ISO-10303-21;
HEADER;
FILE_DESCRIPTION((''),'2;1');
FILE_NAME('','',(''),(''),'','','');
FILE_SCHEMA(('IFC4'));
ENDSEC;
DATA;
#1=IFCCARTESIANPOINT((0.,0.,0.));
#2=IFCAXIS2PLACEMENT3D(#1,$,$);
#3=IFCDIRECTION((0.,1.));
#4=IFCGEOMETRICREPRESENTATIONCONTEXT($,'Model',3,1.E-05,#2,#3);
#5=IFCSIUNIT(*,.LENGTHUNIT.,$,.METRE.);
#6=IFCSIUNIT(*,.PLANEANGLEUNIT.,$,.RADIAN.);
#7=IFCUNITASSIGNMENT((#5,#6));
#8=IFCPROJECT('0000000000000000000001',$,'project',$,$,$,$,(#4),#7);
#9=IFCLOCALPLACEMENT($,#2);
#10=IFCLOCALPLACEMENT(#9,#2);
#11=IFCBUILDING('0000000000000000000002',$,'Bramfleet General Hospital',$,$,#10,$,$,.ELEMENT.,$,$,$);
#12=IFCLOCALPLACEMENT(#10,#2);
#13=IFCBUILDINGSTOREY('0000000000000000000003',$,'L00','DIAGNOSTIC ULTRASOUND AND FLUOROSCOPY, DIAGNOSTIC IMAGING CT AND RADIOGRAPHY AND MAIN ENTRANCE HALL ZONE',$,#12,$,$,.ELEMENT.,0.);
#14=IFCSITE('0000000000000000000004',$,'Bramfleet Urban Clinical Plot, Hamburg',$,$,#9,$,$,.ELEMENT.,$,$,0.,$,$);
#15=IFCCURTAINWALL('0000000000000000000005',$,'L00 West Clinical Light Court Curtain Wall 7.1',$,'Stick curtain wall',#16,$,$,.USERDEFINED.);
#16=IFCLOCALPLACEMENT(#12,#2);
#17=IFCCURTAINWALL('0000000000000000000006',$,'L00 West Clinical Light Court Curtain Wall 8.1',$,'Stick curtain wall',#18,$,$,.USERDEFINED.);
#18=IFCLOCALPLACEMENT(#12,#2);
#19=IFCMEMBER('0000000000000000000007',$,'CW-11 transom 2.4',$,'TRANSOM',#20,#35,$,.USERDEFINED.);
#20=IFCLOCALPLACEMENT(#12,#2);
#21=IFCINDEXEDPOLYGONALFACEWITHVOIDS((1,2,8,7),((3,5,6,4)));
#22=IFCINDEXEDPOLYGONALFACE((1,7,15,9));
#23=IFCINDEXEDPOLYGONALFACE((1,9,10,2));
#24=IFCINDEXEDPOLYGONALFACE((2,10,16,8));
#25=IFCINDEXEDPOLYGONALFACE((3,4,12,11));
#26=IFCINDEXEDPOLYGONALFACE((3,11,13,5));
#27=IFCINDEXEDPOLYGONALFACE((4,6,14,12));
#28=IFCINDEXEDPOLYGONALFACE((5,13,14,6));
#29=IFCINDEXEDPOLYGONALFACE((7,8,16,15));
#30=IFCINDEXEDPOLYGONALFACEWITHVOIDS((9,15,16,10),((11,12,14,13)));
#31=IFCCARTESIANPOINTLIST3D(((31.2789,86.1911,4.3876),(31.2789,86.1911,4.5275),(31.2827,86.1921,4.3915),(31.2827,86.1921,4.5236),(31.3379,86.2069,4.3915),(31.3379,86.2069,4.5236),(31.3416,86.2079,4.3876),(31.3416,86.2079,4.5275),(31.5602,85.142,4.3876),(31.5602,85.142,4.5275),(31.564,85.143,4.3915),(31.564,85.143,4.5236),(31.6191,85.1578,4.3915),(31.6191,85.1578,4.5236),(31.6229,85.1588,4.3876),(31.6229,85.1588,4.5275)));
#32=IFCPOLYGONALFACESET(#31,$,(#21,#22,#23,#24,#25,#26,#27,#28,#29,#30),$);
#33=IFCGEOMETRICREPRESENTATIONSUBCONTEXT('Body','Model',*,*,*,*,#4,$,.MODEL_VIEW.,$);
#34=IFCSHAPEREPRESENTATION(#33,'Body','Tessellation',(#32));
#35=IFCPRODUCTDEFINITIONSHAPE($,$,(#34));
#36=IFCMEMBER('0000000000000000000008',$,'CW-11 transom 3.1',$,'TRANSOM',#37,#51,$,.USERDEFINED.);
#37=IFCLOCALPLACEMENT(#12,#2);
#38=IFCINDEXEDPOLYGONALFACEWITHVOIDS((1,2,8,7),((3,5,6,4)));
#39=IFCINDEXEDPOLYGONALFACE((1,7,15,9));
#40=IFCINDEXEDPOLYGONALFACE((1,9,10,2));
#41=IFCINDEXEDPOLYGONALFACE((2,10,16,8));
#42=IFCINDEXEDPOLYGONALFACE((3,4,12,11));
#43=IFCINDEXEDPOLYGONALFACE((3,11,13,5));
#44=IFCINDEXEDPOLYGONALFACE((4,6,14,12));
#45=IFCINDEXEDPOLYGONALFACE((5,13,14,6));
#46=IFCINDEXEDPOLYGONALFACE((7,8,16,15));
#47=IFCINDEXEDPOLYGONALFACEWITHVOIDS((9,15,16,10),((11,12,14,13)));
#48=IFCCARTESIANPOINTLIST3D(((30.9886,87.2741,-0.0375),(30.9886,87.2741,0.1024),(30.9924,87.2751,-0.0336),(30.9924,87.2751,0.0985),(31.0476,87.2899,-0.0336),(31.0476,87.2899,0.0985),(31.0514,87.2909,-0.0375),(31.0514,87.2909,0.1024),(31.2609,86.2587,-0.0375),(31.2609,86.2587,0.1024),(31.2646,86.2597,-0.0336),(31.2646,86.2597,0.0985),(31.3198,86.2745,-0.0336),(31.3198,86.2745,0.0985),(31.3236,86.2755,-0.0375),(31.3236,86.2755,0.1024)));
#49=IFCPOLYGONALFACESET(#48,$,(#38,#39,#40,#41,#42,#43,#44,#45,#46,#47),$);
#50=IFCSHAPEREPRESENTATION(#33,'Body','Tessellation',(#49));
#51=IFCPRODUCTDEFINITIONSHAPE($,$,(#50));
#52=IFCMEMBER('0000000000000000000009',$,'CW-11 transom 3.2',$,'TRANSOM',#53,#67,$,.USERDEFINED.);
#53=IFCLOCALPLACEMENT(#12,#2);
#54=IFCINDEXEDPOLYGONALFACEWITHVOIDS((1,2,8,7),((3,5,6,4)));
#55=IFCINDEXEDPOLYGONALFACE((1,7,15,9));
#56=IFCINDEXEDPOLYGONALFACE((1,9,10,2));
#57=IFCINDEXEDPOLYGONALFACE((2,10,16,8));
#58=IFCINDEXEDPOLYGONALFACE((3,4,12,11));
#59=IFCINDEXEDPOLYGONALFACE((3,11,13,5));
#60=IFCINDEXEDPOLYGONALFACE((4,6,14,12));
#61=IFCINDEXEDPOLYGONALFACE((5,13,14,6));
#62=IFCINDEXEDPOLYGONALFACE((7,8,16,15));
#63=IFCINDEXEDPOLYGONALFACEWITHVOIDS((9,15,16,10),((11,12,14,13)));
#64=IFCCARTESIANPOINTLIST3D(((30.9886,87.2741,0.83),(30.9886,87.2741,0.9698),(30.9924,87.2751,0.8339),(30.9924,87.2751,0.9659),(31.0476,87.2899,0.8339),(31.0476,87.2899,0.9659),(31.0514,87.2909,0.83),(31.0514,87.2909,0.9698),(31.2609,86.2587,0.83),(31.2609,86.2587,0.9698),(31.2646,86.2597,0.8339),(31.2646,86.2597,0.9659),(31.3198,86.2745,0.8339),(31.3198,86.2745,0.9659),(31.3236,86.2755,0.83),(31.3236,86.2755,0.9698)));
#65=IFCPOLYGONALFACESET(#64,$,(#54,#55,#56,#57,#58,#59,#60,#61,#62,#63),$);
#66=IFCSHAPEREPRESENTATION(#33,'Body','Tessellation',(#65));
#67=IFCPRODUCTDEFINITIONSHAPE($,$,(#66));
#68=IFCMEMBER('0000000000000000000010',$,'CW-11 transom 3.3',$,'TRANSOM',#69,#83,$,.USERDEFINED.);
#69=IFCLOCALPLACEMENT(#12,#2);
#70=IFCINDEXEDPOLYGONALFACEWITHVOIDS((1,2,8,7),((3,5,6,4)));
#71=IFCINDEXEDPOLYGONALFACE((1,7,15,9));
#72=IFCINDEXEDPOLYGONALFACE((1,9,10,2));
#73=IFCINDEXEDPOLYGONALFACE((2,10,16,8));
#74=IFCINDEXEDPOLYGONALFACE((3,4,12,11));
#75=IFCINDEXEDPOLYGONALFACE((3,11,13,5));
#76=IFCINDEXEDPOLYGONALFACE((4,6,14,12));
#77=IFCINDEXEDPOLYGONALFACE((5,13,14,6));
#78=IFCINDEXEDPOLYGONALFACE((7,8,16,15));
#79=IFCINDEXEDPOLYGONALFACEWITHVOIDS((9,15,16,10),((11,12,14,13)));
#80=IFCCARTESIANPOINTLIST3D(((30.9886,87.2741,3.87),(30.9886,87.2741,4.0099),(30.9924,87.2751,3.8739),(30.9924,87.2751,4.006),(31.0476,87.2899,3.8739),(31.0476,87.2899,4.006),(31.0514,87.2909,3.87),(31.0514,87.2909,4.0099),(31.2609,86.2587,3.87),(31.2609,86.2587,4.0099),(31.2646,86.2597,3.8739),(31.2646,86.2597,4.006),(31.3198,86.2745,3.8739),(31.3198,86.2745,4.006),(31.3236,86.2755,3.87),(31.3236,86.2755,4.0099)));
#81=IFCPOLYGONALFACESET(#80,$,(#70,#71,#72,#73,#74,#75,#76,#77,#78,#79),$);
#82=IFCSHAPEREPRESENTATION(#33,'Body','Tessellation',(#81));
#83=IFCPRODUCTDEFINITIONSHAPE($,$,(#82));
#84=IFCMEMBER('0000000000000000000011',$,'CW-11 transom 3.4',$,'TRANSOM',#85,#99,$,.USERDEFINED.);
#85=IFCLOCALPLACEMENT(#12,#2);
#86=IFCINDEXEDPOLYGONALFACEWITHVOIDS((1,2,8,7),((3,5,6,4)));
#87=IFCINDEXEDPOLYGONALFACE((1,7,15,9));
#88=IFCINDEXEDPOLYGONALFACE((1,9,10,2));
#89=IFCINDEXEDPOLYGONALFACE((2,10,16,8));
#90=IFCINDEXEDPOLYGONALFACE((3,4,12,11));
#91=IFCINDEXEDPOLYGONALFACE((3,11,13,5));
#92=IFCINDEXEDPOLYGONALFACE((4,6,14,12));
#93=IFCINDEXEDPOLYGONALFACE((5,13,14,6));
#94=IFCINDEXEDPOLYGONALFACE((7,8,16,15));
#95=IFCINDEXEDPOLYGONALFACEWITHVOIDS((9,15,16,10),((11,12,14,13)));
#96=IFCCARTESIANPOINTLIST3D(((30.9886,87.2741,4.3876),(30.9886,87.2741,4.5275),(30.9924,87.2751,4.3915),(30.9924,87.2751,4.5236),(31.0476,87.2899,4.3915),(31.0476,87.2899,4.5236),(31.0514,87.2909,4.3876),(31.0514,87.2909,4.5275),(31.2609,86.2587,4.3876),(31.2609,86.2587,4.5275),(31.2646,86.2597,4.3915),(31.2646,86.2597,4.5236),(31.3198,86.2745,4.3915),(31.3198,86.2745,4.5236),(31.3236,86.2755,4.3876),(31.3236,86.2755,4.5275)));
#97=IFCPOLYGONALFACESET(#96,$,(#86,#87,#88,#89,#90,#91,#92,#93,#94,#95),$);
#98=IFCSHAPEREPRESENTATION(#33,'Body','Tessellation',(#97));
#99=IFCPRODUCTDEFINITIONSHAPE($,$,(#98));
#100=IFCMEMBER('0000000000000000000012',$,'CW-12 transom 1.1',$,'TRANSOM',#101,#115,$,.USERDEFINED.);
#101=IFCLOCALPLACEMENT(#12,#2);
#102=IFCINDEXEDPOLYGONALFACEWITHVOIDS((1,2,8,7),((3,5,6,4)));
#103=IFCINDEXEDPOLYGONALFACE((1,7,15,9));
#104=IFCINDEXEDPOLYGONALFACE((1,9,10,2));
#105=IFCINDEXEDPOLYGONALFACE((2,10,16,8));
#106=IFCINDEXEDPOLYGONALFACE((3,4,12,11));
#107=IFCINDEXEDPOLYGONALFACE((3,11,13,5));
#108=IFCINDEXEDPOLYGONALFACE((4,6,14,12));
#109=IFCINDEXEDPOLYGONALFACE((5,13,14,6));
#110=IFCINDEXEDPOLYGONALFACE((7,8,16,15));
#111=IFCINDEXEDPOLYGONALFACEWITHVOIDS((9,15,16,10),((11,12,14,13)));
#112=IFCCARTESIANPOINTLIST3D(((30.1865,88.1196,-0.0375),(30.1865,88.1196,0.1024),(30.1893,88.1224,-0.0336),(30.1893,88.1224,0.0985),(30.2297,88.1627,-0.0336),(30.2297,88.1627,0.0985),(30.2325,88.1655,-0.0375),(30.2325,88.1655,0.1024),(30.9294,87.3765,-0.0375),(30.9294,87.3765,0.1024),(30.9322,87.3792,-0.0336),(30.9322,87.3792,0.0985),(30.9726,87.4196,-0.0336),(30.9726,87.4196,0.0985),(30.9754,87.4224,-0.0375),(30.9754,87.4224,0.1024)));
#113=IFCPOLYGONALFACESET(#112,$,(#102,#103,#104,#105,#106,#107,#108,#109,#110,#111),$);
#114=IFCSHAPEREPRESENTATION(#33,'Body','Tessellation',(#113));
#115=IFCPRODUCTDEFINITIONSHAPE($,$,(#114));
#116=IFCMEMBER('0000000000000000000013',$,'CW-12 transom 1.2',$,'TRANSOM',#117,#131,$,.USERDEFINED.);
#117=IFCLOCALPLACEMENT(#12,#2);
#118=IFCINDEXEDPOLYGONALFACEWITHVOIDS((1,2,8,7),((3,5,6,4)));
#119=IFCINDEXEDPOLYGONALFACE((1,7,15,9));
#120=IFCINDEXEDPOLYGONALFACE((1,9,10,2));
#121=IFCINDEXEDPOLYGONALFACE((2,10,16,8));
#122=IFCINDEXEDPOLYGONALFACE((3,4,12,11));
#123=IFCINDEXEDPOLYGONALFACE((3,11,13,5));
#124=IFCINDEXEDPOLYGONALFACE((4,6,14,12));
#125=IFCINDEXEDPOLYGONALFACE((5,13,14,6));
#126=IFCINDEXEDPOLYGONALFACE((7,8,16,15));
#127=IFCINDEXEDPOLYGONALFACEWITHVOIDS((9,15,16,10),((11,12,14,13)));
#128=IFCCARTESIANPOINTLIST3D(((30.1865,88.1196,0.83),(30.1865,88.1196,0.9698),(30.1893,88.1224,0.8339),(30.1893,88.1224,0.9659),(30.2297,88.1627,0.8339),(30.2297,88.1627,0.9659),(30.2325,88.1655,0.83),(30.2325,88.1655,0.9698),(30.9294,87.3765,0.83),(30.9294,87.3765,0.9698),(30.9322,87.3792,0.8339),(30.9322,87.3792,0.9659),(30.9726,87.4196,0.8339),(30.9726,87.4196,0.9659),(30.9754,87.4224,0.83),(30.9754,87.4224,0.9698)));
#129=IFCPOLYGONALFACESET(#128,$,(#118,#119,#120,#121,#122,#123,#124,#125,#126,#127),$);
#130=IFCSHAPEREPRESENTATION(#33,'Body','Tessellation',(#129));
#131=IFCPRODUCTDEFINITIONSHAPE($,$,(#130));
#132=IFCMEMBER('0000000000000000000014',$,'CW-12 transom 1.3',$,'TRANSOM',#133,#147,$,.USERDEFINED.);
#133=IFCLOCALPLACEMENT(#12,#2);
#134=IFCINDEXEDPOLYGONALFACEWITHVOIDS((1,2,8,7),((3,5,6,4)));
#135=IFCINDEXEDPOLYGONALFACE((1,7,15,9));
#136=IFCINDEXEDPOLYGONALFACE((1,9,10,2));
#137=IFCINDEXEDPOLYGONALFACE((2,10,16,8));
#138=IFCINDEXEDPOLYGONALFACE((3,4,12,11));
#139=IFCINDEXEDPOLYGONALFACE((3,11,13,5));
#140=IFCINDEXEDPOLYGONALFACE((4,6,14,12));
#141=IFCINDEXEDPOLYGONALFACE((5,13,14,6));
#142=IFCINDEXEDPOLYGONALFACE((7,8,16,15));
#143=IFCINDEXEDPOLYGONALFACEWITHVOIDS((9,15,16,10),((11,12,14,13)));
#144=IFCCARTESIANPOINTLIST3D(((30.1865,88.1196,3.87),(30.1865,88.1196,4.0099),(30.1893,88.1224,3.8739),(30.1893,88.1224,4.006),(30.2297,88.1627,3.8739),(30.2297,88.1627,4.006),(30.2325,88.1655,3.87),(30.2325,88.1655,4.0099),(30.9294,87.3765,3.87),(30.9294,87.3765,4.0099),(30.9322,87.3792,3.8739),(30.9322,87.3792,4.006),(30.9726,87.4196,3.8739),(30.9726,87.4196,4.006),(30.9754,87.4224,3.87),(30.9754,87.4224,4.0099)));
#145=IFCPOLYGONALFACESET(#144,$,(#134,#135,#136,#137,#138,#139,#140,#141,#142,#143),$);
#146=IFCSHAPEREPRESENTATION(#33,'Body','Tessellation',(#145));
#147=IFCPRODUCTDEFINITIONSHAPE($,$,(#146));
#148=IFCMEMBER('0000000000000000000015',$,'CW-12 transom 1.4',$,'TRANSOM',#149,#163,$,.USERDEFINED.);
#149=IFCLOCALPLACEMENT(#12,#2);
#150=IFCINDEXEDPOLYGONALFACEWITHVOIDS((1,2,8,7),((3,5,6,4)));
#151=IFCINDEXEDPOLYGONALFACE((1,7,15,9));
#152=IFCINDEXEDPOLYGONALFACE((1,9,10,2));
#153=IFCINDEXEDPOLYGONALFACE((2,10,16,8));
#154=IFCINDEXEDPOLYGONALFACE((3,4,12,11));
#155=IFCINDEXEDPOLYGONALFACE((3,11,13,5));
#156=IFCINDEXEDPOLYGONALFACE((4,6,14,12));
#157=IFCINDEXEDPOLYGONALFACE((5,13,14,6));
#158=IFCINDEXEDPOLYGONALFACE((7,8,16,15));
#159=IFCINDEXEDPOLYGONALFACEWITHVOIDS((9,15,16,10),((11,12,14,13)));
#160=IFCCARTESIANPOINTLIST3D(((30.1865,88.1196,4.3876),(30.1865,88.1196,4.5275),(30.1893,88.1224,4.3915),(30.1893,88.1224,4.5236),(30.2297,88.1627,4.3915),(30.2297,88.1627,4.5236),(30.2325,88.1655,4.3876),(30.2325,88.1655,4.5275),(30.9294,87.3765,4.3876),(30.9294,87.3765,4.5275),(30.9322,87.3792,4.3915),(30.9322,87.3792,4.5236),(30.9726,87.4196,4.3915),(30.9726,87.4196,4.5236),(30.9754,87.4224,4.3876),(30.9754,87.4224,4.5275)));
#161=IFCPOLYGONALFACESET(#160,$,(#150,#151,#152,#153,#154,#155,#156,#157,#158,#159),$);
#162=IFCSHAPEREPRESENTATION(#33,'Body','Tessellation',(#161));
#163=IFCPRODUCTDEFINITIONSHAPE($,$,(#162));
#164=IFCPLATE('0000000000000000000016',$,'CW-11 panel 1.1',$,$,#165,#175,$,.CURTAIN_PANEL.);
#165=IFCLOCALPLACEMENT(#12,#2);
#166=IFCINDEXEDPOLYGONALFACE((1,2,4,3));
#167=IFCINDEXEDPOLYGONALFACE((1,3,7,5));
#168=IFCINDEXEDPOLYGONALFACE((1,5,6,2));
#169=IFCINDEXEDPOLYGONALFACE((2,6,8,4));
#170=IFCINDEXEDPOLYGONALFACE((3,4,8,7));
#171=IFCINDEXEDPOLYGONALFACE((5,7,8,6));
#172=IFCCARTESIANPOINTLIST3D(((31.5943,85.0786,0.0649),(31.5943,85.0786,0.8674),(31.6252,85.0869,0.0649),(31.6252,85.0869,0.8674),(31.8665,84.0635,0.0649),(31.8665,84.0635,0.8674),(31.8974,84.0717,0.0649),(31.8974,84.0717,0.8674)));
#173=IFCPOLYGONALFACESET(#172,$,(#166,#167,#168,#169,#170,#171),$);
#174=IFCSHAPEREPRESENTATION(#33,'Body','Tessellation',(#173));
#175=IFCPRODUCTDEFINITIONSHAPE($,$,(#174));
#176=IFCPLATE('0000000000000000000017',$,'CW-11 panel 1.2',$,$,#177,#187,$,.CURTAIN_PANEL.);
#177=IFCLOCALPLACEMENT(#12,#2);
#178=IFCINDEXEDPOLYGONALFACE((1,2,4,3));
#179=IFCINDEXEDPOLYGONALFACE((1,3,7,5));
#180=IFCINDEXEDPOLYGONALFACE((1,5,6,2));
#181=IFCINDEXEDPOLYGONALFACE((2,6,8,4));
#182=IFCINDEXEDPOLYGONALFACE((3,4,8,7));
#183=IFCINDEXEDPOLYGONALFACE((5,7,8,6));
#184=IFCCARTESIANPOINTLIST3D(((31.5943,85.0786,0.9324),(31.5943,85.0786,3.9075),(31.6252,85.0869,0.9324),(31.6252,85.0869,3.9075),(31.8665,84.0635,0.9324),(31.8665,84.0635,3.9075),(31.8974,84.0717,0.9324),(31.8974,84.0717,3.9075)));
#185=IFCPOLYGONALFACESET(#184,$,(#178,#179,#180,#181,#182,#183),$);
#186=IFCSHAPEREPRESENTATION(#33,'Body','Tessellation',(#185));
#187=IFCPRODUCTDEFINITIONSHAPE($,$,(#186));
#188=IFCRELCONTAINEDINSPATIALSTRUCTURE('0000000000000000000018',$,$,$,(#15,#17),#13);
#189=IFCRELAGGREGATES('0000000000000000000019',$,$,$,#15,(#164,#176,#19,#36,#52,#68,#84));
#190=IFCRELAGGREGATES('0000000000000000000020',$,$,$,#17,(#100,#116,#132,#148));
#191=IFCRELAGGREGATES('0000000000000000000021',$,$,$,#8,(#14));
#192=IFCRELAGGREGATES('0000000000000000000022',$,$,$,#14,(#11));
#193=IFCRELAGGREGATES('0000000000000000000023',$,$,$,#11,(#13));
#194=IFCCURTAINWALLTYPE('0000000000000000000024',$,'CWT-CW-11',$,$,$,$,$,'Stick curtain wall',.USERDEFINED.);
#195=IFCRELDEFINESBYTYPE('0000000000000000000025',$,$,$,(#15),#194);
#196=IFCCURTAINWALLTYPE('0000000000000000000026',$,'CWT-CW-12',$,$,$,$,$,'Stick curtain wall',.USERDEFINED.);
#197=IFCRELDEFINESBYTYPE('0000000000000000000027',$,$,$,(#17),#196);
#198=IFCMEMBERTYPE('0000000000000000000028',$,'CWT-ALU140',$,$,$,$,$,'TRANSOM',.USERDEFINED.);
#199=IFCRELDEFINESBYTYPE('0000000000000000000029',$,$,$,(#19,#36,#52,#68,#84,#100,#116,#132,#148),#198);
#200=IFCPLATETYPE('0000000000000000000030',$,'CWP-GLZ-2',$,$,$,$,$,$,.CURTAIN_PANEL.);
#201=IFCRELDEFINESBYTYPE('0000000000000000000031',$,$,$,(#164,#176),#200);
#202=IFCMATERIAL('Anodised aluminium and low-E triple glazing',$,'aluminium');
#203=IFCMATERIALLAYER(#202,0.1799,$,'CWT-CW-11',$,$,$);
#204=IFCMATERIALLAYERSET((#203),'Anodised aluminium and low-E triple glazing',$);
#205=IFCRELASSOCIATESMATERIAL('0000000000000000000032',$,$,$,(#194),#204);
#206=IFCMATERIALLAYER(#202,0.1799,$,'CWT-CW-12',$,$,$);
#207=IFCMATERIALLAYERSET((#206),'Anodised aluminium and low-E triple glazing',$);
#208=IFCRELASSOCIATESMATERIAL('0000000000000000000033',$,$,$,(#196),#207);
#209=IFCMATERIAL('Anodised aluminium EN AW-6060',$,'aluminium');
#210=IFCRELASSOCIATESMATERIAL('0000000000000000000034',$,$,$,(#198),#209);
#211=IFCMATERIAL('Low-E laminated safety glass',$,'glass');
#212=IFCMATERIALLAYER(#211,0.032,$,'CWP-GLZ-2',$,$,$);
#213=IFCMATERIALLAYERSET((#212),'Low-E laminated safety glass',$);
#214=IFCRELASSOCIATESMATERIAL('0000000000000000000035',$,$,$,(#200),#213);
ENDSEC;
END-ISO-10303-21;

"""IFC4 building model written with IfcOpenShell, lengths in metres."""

from ifc_helpers import new_model, si_unit, direction, frame, origin, origin_2d, place, context, subcontext, project, spatial, rectangle, hollow_rectangle, extrude, material, layer, layer_set, material_profile, profile_set, type_object, element, aggregate, save


model = new_model("IFC4")

# Units and contexts
model_context = context("Model", 3, precision=1e-05, world=origin(), true_north=direction((0.0, 1.0)))
body_context = subcontext(model_context, "Body", "Model", "MODEL_VIEW")
ifc_project = project(units=[si_unit("LENGTHUNIT", "METRE"), si_unit("PLANEANGLEUNIT", "RADIAN")], contexts=[model_context])

# Site, building, storey
site_placement = place(None, origin())
site = spatial("IfcSite", under=ifc_project, at=site_placement, Name="Bramfleet Urban Clinical Plot, Hamburg", CompositionType="ELEMENT", RefElevation=0.0)
building_placement = place(site_placement, origin())
building = spatial("IfcBuilding", under=site, at=building_placement, Name="Bramfleet General Hospital", CompositionType="ELEMENT")
storey_placement = place(building_placement, origin())
storey = spatial("IfcBuildingStorey", under=building, at=storey_placement, Name="L00", Description="DIAGNOSTIC ULTRASOUND AND FLUOROSCOPY, DIAGNOSTIC IMAGING CT AND RADIOGRAPHY AND MAIN ENTRANCE HALL ZONE", CompositionType="ELEMENT", Elevation=0.0)

# Curtain wall
ifc_material_1 = material(Name="Anodised aluminium and low-E triple glazing", Category="aluminium")
ifc_layer_1 = layer(ifc_material_1, 0.1799, Name="CWT-CW-11")
ifc_layer_set_1 = layer_set([ifc_layer_1], Name="Anodised aluminium and low-E triple glazing")
curtain_wall_type_1 = type_object("IfcCurtainWallType", Name="CWT-CW-11", ElementType="Stick curtain wall", PredefinedType="USERDEFINED", material=ifc_layer_set_1)
curtain_wall_1_placement = place(storey_placement, origin())
curtain_wall_1 = element("IfcCurtainWall", 1, at=curtain_wall_1_placement, inside=storey, type_object=curtain_wall_type_1, Name="L00 West Clinical Light Court Curtain Wall 7.1", ObjectType="Stick curtain wall", PredefinedType="USERDEFINED")
ifc_material_2 = material(Name="Anodised aluminium EN AW-6060", Category="aluminium")

# Curtain wall
ifc_layer_2 = layer(ifc_material_1, 0.1799, Name="CWT-CW-12")
ifc_layer_set_2 = layer_set([ifc_layer_2], Name="Anodised aluminium and low-E triple glazing")
curtain_wall_type_2 = type_object("IfcCurtainWallType", Name="CWT-CW-12", ElementType="Stick curtain wall", PredefinedType="USERDEFINED", material=ifc_layer_set_2)
curtain_wall_2_placement = place(storey_placement, origin())
curtain_wall_2 = element("IfcCurtainWall", 2, at=curtain_wall_2_placement, inside=storey, type_object=curtain_wall_type_2, Name="L00 West Clinical Light Court Curtain Wall 8.1", ObjectType="Stick curtain wall", PredefinedType="USERDEFINED")

# Members
ifc_material_profile_1 = material_profile(ifc_material_2, hollow_rectangle(XDim=0.0649, YDim=0.1399, WallThickness=0.0039, at=origin_2d()), Name="ALU 140x65x4.0")
ifc_profile_set_1 = profile_set([ifc_material_profile_1], Name="Anodised aluminium EN AW-6060")
member_type_1 = type_object("IfcMemberType", Name="CWT-ALU140", ElementType="TRANSOM", PredefinedType="USERDEFINED", material=ifc_profile_set_1)
member_1_placement = place(storey_placement, frame((31.5916, 85.1504, 4.4575), z_axis=(-0.25895, 0.965891, 0.0), x_axis=(-0.965891, -0.25895, 0.0)))
member_1 = element("IfcMember", 3, at=member_1_placement, type_object=member_type_1, Name="CW-11 transom 2.4", ObjectType="TRANSOM", PredefinedType="USERDEFINED", context=body_context, shape_type="SweptSolid", body=[
    extrude(hollow_rectangle(XDim=0.0649, YDim=0.1399, WallThickness=0.0039, at=origin_2d()), origin(), (0.0, 0.0, 1.0), 1.0862),
])
member_2_placement = place(storey_placement, frame((31.2922, 86.2671, 0.0325), z_axis=(-0.258949, 0.965891, 0.0), x_axis=(-0.965891, -0.258949, 0.0)))
member_2 = element("IfcMember", 4, at=member_2_placement, type_object=member_type_1, Name="CW-11 transom 3.1", ObjectType="TRANSOM", PredefinedType="USERDEFINED", context=body_context, shape_type="SweptSolid", body=[
    extrude(hollow_rectangle(XDim=0.0649, YDim=0.1399, WallThickness=0.0039, at=origin_2d()), origin(), (0.0, 0.0, 1.0), 1.0513),
])
member_3_placement = place(storey_placement, frame((31.2922, 86.2671, 0.8999), z_axis=(-0.258949, 0.965891, 0.0), x_axis=(-0.965891, -0.258949, 0.0)))
member_3 = element("IfcMember", 5, at=member_3_placement, type_object=member_type_1, Name="CW-11 transom 3.2", ObjectType="TRANSOM", PredefinedType="USERDEFINED", context=body_context, shape_type="SweptSolid", body=[
    extrude(hollow_rectangle(XDim=0.0649, YDim=0.1399, WallThickness=0.0039, at=origin_2d()), origin(), (0.0, 0.0, 1.0), 1.0513),
])
member_4_placement = place(storey_placement, frame((31.2922, 86.2671, 3.9399), z_axis=(-0.258949, 0.965891, 0.0), x_axis=(-0.965891, -0.258949, 0.0)))
member_4 = element("IfcMember", 6, at=member_4_placement, type_object=member_type_1, Name="CW-11 transom 3.3", ObjectType="TRANSOM", PredefinedType="USERDEFINED", context=body_context, shape_type="SweptSolid", body=[
    extrude(hollow_rectangle(XDim=0.0649, YDim=0.1399, WallThickness=0.0039, at=origin_2d()), origin(), (0.0, 0.0, 1.0), 1.0513),
])
member_5_placement = place(storey_placement, frame((31.2922, 86.2671, 4.4575), z_axis=(-0.258949, 0.965891, 0.0), x_axis=(-0.965891, -0.258949, 0.0)))
member_5 = element("IfcMember", 7, at=member_5_placement, type_object=member_type_1, Name="CW-11 transom 3.4", ObjectType="TRANSOM", PredefinedType="USERDEFINED", context=body_context, shape_type="SweptSolid", body=[
    extrude(hollow_rectangle(XDim=0.0649, YDim=0.1399, WallThickness=0.0039, at=origin_2d()), origin(), (0.0, 0.0, 1.0), 1.0513),
])
member_6_placement = place(storey_placement, frame((30.9524, 87.3994, 0.0325), z_axis=(-0.706991, 0.707223, 0.0), x_axis=(-0.707223, -0.706991, 0.0)))
member_6 = element("IfcMember", 8, at=member_6_placement, type_object=member_type_1, Name="CW-12 transom 1.1", ObjectType="TRANSOM", PredefinedType="USERDEFINED", context=body_context, shape_type="SweptSolid", body=[
    extrude(hollow_rectangle(XDim=0.0649, YDim=0.1399, WallThickness=0.0039, at=origin_2d()), origin(), (0.0, 0.0, 1.0), 1.0508),
])
member_7_placement = place(storey_placement, frame((30.9524, 87.3994, 0.8999), z_axis=(-0.706991, 0.707223, 0.0), x_axis=(-0.707223, -0.706991, 0.0)))
member_7 = element("IfcMember", 9, at=member_7_placement, type_object=member_type_1, Name="CW-12 transom 1.2", ObjectType="TRANSOM", PredefinedType="USERDEFINED", context=body_context, shape_type="SweptSolid", body=[
    extrude(hollow_rectangle(XDim=0.0649, YDim=0.1399, WallThickness=0.0039, at=origin_2d()), origin(), (0.0, 0.0, 1.0), 1.0508),
])
member_8_placement = place(storey_placement, frame((30.9524, 87.3994, 3.9399), z_axis=(-0.706991, 0.707223, 0.0), x_axis=(-0.707223, -0.706991, 0.0)))
member_8 = element("IfcMember", 10, at=member_8_placement, type_object=member_type_1, Name="CW-12 transom 1.3", ObjectType="TRANSOM", PredefinedType="USERDEFINED", context=body_context, shape_type="SweptSolid", body=[
    extrude(hollow_rectangle(XDim=0.0649, YDim=0.1399, WallThickness=0.0039, at=origin_2d()), origin(), (0.0, 0.0, 1.0), 1.0508),
])
member_9_placement = place(storey_placement, frame((30.9524, 87.3994, 4.4575), z_axis=(-0.706991, 0.707223, 0.0), x_axis=(-0.707223, -0.706991, 0.0)))
member_9 = element("IfcMember", 11, at=member_9_placement, type_object=member_type_1, Name="CW-12 transom 1.4", ObjectType="TRANSOM", PredefinedType="USERDEFINED", context=body_context, shape_type="SweptSolid", body=[
    extrude(hollow_rectangle(XDim=0.0649, YDim=0.1399, WallThickness=0.0039, at=origin_2d()), origin(), (0.0, 0.0, 1.0), 1.0508),
])

# Plates
ifc_material_3 = material(Name="Low-E laminated safety glass", Category="glass")
ifc_layer_3 = layer(ifc_material_3, 0.032, Name="CWP-GLZ-2")
ifc_layer_set_3 = layer_set([ifc_layer_3], Name="Low-E laminated safety glass")
plate_type = type_object("IfcPlateType", Name="CWP-GLZ-2", PredefinedType="CURTAIN_PANEL", material=ifc_layer_set_3)
plate_1_placement = place(storey_placement, frame((31.7458, 84.5752, 0.0649), z_axis=(0.0, 0.0, 1.0), x_axis=(-0.258919, 0.965899, 0.0)))
plate_1 = element("IfcPlate", 12, at=plate_1_placement, type_object=plate_type, Name="CW-11 panel 1.1", PredefinedType="CURTAIN_PANEL", context=body_context, shape_type="SweptSolid", body=[
    extrude(rectangle(XDim=1.051, YDim=0.032, at=origin_2d()), origin(), (0.0, 0.0, 1.0), 0.8025),
])
plate_2_placement = place(storey_placement, frame((31.7458, 84.5752, 0.9324), z_axis=(0.0, 0.0, 1.0), x_axis=(-0.258919, 0.965899, 0.0)))
plate_2 = element("IfcPlate", 13, at=plate_2_placement, type_object=plate_type, Name="CW-11 panel 1.2", PredefinedType="CURTAIN_PANEL", context=body_context, shape_type="SweptSolid", body=[
    extrude(rectangle(XDim=1.051, YDim=0.032, at=origin_2d()), origin(), (0.0, 0.0, 1.0), 2.9751),
])
aggregate(curtain_wall_1, [plate_1, plate_2, member_1, member_2, member_3, member_4, member_5])
aggregate(curtain_wall_2, [member_6, member_7, member_8, member_9])

save(model, "model.ifc")
